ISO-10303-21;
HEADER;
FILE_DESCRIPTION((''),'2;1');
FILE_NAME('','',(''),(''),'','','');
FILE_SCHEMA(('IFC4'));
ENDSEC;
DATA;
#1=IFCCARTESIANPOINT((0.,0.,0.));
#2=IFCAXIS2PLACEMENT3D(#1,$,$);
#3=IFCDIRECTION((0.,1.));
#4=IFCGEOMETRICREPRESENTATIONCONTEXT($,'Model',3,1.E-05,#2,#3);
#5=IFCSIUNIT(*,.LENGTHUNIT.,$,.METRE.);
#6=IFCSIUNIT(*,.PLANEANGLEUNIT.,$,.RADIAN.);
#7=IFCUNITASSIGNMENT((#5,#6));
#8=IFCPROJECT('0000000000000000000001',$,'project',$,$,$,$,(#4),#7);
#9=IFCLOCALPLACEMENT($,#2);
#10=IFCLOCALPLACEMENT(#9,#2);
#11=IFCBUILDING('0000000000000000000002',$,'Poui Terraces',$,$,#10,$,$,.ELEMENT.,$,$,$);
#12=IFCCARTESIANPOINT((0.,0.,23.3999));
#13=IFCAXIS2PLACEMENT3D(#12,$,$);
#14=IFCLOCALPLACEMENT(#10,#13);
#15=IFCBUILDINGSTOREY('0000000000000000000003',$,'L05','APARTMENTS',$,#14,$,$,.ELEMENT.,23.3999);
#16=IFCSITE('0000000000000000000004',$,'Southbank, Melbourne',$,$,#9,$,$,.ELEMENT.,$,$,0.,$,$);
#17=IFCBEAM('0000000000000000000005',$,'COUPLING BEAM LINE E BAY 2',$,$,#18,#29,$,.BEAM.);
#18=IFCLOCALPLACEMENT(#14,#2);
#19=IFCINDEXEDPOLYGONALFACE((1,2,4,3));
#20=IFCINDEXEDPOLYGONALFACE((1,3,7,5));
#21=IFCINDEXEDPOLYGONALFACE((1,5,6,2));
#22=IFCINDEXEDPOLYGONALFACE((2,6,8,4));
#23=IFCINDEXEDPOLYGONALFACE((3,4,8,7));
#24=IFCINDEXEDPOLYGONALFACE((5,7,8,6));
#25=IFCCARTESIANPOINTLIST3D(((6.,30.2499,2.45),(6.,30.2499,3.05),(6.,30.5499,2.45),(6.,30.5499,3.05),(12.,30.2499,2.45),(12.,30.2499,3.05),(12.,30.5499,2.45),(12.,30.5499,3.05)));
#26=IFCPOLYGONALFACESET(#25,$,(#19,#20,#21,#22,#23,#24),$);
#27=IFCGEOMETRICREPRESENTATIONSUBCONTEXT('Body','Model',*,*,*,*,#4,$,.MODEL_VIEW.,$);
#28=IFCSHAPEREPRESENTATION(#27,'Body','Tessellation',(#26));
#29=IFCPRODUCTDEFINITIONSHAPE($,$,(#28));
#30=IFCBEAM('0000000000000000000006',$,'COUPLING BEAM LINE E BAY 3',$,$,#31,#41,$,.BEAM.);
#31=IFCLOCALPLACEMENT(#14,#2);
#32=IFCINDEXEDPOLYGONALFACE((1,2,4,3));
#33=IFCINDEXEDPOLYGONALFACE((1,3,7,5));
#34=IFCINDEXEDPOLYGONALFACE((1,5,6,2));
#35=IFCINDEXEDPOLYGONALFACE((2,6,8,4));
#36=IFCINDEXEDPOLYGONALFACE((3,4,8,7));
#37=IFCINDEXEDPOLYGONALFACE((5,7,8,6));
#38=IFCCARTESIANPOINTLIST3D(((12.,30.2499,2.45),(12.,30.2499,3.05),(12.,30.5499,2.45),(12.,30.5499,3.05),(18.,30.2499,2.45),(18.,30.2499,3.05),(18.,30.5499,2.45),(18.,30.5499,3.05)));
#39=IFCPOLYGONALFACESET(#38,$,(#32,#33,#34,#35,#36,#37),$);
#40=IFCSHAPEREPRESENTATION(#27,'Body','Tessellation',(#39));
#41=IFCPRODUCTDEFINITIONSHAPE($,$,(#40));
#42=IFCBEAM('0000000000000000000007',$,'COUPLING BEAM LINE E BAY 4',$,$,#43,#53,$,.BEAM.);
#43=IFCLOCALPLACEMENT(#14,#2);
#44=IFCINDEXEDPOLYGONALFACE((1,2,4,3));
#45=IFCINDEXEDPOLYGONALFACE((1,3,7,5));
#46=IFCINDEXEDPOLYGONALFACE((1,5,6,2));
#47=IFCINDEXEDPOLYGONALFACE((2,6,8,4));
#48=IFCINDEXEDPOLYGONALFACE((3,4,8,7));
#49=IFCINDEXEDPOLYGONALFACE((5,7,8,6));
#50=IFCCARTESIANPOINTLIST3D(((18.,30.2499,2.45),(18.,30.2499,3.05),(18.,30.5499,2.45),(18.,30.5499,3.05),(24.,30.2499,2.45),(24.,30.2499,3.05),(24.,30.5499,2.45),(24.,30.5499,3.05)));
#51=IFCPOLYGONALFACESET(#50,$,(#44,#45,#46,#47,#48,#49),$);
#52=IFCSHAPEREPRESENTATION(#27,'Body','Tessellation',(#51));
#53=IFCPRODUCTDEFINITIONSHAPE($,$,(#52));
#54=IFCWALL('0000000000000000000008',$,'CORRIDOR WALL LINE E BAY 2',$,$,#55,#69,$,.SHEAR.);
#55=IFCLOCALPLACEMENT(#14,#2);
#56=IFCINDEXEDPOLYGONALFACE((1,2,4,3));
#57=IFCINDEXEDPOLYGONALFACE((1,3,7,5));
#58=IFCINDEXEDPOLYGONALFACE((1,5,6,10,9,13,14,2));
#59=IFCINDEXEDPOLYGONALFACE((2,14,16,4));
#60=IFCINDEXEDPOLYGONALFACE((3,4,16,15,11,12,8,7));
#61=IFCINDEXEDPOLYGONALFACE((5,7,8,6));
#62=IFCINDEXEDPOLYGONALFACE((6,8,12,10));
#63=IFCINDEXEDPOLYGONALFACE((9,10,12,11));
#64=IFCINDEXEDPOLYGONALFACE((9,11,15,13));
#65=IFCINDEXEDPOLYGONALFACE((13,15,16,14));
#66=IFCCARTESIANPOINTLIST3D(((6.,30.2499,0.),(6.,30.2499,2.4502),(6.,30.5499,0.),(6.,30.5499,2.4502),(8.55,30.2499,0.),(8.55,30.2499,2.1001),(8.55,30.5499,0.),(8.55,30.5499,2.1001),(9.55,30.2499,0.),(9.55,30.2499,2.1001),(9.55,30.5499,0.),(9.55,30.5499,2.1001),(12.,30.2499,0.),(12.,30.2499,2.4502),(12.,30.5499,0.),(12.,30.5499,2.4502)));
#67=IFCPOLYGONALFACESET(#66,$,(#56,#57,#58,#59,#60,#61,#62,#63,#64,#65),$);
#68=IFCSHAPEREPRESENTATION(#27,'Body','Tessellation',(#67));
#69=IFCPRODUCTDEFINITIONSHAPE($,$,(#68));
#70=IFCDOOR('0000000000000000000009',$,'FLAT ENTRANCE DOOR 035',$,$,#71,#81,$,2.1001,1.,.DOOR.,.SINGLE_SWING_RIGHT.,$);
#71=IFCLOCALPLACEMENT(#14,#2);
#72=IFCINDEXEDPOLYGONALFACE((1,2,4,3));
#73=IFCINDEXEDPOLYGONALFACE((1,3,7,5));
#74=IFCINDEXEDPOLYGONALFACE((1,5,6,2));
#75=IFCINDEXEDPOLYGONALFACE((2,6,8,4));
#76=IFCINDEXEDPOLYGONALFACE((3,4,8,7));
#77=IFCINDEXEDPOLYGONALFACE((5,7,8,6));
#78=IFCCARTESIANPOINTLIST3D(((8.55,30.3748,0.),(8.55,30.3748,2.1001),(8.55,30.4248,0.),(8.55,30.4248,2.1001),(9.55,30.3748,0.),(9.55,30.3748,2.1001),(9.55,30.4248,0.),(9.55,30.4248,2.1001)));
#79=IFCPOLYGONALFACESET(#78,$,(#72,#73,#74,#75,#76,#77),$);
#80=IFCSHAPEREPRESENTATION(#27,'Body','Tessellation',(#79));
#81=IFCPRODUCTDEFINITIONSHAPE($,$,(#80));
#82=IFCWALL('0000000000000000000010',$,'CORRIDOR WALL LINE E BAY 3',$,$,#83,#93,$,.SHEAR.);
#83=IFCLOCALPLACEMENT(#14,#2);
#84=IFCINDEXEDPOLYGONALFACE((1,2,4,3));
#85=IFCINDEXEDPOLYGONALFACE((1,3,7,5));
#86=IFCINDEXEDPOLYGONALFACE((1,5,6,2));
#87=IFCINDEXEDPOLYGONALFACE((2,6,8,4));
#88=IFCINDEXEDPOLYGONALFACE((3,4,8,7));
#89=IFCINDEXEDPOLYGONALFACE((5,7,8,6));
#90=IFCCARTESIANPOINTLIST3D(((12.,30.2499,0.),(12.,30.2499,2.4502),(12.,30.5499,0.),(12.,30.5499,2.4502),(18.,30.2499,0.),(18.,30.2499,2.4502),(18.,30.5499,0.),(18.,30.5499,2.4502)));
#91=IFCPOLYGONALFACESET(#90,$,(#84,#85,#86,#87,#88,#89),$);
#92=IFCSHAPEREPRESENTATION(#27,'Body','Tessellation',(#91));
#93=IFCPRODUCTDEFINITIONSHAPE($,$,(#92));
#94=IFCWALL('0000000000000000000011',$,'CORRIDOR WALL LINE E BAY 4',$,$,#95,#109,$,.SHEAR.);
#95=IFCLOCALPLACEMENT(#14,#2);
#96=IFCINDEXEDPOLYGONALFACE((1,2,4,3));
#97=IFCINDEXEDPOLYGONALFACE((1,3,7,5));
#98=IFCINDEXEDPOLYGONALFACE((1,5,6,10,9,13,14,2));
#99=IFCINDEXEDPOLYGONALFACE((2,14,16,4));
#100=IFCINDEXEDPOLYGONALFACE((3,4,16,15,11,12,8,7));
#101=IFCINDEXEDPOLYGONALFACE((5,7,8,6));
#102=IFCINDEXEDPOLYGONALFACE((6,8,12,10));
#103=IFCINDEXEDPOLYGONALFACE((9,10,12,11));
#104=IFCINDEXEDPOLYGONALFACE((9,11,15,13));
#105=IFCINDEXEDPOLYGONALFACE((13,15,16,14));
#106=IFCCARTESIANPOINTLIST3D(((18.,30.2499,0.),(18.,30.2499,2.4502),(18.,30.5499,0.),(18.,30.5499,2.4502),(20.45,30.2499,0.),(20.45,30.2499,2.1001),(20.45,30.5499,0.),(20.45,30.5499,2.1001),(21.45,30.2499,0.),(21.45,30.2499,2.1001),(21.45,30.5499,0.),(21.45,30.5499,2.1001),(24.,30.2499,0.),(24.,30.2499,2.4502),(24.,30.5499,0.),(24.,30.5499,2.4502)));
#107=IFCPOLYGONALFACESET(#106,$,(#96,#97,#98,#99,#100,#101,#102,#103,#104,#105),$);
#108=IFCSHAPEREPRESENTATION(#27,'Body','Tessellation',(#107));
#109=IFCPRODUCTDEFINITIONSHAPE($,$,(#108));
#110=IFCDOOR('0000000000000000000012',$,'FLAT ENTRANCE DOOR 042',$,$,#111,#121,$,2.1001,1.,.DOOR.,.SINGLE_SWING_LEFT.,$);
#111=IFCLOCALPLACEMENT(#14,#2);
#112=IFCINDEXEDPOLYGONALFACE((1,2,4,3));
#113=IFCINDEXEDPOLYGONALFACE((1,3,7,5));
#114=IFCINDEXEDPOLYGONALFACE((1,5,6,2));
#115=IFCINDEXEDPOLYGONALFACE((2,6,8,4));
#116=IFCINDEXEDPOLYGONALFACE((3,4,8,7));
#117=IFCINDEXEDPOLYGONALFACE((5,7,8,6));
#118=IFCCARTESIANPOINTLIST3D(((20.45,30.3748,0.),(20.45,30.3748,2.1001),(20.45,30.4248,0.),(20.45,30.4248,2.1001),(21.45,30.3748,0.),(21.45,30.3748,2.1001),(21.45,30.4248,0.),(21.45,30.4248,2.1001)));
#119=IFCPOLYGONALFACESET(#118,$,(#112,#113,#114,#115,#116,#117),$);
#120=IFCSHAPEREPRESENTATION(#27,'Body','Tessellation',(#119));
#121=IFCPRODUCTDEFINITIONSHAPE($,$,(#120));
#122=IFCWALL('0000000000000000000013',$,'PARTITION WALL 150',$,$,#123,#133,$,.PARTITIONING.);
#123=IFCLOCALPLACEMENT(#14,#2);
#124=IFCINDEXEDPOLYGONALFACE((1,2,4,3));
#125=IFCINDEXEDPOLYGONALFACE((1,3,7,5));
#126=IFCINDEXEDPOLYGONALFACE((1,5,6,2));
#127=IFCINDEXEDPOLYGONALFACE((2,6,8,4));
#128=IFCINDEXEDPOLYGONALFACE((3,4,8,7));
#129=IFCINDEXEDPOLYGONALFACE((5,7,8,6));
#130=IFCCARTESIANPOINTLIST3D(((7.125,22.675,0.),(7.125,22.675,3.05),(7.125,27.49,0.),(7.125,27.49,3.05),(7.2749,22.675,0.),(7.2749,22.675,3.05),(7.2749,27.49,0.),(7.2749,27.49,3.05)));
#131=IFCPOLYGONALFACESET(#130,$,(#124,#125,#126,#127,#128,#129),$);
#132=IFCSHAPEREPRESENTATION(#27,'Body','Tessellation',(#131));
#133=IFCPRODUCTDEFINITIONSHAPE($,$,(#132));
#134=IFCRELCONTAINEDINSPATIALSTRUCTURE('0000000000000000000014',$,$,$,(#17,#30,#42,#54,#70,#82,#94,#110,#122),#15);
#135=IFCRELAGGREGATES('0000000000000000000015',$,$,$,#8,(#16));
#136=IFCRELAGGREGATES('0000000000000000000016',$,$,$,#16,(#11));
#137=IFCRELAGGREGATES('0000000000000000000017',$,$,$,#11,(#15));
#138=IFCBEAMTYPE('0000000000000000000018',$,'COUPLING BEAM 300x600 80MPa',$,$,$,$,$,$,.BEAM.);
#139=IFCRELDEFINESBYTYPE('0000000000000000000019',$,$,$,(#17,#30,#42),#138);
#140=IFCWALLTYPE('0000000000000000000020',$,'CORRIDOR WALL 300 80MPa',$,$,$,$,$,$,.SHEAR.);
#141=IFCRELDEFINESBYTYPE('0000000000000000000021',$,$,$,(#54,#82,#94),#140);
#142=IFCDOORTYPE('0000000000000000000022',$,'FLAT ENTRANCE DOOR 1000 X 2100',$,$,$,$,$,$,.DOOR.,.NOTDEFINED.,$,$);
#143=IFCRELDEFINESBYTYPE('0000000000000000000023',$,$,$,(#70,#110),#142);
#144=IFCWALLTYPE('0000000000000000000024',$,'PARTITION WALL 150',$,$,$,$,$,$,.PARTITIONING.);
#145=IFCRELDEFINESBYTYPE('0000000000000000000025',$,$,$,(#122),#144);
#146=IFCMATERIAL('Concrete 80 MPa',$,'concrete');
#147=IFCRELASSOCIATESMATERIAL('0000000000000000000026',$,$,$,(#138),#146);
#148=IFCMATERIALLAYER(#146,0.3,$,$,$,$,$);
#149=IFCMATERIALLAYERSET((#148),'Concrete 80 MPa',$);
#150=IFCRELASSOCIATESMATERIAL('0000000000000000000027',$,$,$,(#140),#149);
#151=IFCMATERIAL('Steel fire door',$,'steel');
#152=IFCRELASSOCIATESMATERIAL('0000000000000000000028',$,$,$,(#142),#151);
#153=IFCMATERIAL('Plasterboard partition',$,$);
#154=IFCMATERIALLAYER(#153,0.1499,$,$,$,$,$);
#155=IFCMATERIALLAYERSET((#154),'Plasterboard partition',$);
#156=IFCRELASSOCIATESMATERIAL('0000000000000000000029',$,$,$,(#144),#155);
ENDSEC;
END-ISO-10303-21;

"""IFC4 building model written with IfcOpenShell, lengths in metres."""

from ifc_helpers import new_model, si_unit, direction, frame, frame_2d, origin, origin_2d, place, context, subcontext, project, spatial, rectangle, extrude, source, transform, mapped, material, layer, layer_set, material_profile, profile_set, type_object, element, fill, save


model = new_model("IFC4")

# Units and contexts
model_context = context("Model", 3, precision=1e-05, world=origin(), true_north=direction((0.0, 1.0)))
body_context = subcontext(model_context, "Body", "Model", "MODEL_VIEW")
ifc_project = project(units=[si_unit("LENGTHUNIT", "METRE"), si_unit("PLANEANGLEUNIT", "RADIAN")], contexts=[model_context])

# Site, building, storey
site_placement = place(None, origin())
site = spatial("IfcSite", under=ifc_project, at=site_placement, Name="Southbank, Melbourne", CompositionType="ELEMENT", RefElevation=0.0)
building_placement = place(site_placement, origin())
building = spatial("IfcBuilding", under=site, at=building_placement, Name="Poui Terraces", CompositionType="ELEMENT")
storey_placement = place(building_placement, frame((0.0, 0.0, 23.3999)))
storey = spatial("IfcBuildingStorey", under=building, at=storey_placement, Name="L05", Description="APARTMENTS", CompositionType="ELEMENT", Elevation=23.3999)

# Beams
ifc_material_1 = material(Name="Concrete 80 MPa", Category="concrete")
ifc_material_profile = material_profile(ifc_material_1, rectangle(XDim=0.3, YDim=0.6001, at=origin_2d()), Name="RC 300x600")
ifc_profile_set = profile_set([ifc_material_profile], Name="Concrete 80 MPa")
beam_type = type_object("IfcBeamType", Name="COUPLING BEAM 300x600 80MPa", PredefinedType="BEAM", material=ifc_profile_set)
shared_shape = source(origin(), body_context, "Body", "SweptSolid", [
    extrude(rectangle(XDim=0.3, YDim=0.6001, at=origin_2d()), origin(), (0.0, 0.0, 1.0), 6.0),
])
for number, where, z_axis, x_axis, name in (
    (1, (6.0, 30.3999, 2.75), (1.0, 0.0, 0.0), (0.0, 1.0, 0.0), "COUPLING BEAM LINE E BAY 2"),
    (2, (12.0, 30.3999, 2.75), (1.0, 0.0, 0.0), (0.0, 1.0, 0.0), "COUPLING BEAM LINE E BAY 3"),
    (3, (18.0, 30.3999, 2.75), (1.0, 0.0, 0.0), (0.0, 1.0, 0.0), "COUPLING BEAM LINE E BAY 4"),
):
    element("IfcBeam", number, at=place(storey_placement, frame(where, z_axis=z_axis, x_axis=x_axis)), inside=storey, type_object=beam_type, Name=name, PredefinedType="BEAM", context=body_context, shape_type="MappedRepresentation", body=[
        mapped(shared_shape, transform((0.0, 0.0, 0.0))),
    ])

# Wall, opening, door
ifc_layer_1 = layer(ifc_material_1, 0.3)
ifc_layer_set_1 = layer_set([ifc_layer_1], Name="Concrete 80 MPa")
wall_type_1 = type_object("IfcWallType", Name="CORRIDOR WALL 300 80MPa", PredefinedType="SHEAR", material=ifc_layer_set_1)
wall_1_placement = place(storey_placement, frame((6.0, 30.3999, 0.0), z_axis=(0.0, 0.0, 1.0), x_axis=(1.0, 0.0, 0.0)))
wall_1 = element("IfcWall", 4, at=wall_1_placement, inside=storey, type_object=wall_type_1, Name="CORRIDOR WALL LINE E BAY 2", PredefinedType="SHEAR", context=body_context, shape_type="SweptSolid", body=[
    extrude(rectangle(XDim=6.0, YDim=0.3, at=frame_2d((3.0, 0.0))), origin(), (0.0, 0.0, 1.0), 2.4502),
])
opening_1_placement = place(wall_1_placement, frame((2.55, 0.0, 0.0)))
opening_1 = element("IfcOpeningElement", 5, at=opening_1_placement, cuts=wall_1, PredefinedType="OPENING", context=body_context, shape_type="SweptSolid", body=[
    extrude(rectangle(XDim=1.0, YDim=2.1001, at=frame_2d((0.5, 1.05))), frame((0.0, 0.1602, 0.0), z_axis=(0.0, -1.0, 0.0), x_axis=(1.0, 0.0, 0.0)), (0.0, 0.0, 1.0), 0.3201),
])
ifc_material_2 = material(Name="Steel fire door", Category="steel")
door_type = type_object("IfcDoorType", Name="FLAT ENTRANCE DOOR 1000 X 2100", OperationType="NOTDEFINED", PredefinedType="DOOR", material=ifc_material_2)
door_1_placement = place(opening_1_placement, origin())
door_1 = element("IfcDoor", 6, at=door_1_placement, inside=storey, type_object=door_type, Name="FLAT ENTRANCE DOOR 035", OperationType="SINGLE_SWING_RIGHT", OverallHeight=2.1001, OverallWidth=1.0, PredefinedType="DOOR", context=body_context, shape_type="SweptSolid", body=[
    extrude(rectangle(XDim=1.0, YDim=2.1001, at=frame_2d((0.5, 1.05))), frame((0.0, 0.0249, 0.0), z_axis=(0.0, -1.0, 0.0), x_axis=(1.0, 0.0, 0.0)), (0.0, 0.0, 1.0), 0.05),
])
fill(opening_1, door_1)

# Wall
wall_2_placement = place(storey_placement, frame((12.0, 30.3999, 0.0), z_axis=(0.0, 0.0, 1.0), x_axis=(1.0, 0.0, 0.0)))
element("IfcWall", 7, at=wall_2_placement, inside=storey, type_object=wall_type_1, Name="CORRIDOR WALL LINE E BAY 3", PredefinedType="SHEAR", context=body_context, shape_type="SweptSolid", body=[
    extrude(rectangle(XDim=6.0, YDim=0.3, at=frame_2d((3.0, 0.0))), origin(), (0.0, 0.0, 1.0), 2.4502),
])

# Wall, opening, door
wall_3_placement = place(storey_placement, frame((18.0, 30.3999, 0.0), z_axis=(0.0, 0.0, 1.0), x_axis=(1.0, 0.0, 0.0)))
wall_3 = element("IfcWall", 8, at=wall_3_placement, inside=storey, type_object=wall_type_1, Name="CORRIDOR WALL LINE E BAY 4", PredefinedType="SHEAR", context=body_context, shape_type="SweptSolid", body=[
    extrude(rectangle(XDim=6.0, YDim=0.3, at=frame_2d((3.0, 0.0))), origin(), (0.0, 0.0, 1.0), 2.4502),
])
opening_2_placement = place(wall_3_placement, frame((2.45, 0.0, 0.0)))
opening_2 = element("IfcOpeningElement", 9, at=opening_2_placement, cuts=wall_3, PredefinedType="OPENING", context=body_context, shape_type="SweptSolid", body=[
    extrude(rectangle(XDim=1.0, YDim=2.1001, at=frame_2d((0.5, 1.05))), frame((0.0, 0.1602, 0.0), z_axis=(0.0, -1.0, 0.0), x_axis=(1.0, 0.0, 0.0)), (0.0, 0.0, 1.0), 0.3201),
])
door_2_placement = place(opening_2_placement, origin())
door_2 = element("IfcDoor", 10, at=door_2_placement, inside=storey, type_object=door_type, Name="FLAT ENTRANCE DOOR 042", OperationType="SINGLE_SWING_LEFT", OverallHeight=2.1001, OverallWidth=1.0, PredefinedType="DOOR", context=body_context, shape_type="SweptSolid", body=[
    extrude(rectangle(XDim=1.0, YDim=2.1001, at=frame_2d((0.5, 1.05))), frame((0.0, 0.0249, 0.0), z_axis=(0.0, -1.0, 0.0), x_axis=(1.0, 0.0, 0.0)), (0.0, 0.0, 1.0), 0.05),
])
fill(opening_2, door_2)

# Wall
ifc_material_3 = material(Name="Plasterboard partition")
ifc_layer_2 = layer(ifc_material_3, 0.1499)
ifc_layer_set_2 = layer_set([ifc_layer_2], Name="Plasterboard partition")
wall_type_2 = type_object("IfcWallType", Name="PARTITION WALL 150", PredefinedType="PARTITIONING", material=ifc_layer_set_2)
wall_4_placement = place(storey_placement, frame((7.2, 22.675, 0.0), z_axis=(0.0, 0.0, 1.0), x_axis=(0.0, 1.0, 0.0)))
element("IfcWall", 11, at=wall_4_placement, inside=storey, type_object=wall_type_2, Name="PARTITION WALL 150", PredefinedType="PARTITIONING", context=body_context, shape_type="SweptSolid", body=[
    extrude(rectangle(XDim=4.8149, YDim=0.1499, at=frame_2d((2.4075, 0.0))), origin(), (0.0, 0.0, 1.0), 3.05),
])

save(model, "model.ifc")
